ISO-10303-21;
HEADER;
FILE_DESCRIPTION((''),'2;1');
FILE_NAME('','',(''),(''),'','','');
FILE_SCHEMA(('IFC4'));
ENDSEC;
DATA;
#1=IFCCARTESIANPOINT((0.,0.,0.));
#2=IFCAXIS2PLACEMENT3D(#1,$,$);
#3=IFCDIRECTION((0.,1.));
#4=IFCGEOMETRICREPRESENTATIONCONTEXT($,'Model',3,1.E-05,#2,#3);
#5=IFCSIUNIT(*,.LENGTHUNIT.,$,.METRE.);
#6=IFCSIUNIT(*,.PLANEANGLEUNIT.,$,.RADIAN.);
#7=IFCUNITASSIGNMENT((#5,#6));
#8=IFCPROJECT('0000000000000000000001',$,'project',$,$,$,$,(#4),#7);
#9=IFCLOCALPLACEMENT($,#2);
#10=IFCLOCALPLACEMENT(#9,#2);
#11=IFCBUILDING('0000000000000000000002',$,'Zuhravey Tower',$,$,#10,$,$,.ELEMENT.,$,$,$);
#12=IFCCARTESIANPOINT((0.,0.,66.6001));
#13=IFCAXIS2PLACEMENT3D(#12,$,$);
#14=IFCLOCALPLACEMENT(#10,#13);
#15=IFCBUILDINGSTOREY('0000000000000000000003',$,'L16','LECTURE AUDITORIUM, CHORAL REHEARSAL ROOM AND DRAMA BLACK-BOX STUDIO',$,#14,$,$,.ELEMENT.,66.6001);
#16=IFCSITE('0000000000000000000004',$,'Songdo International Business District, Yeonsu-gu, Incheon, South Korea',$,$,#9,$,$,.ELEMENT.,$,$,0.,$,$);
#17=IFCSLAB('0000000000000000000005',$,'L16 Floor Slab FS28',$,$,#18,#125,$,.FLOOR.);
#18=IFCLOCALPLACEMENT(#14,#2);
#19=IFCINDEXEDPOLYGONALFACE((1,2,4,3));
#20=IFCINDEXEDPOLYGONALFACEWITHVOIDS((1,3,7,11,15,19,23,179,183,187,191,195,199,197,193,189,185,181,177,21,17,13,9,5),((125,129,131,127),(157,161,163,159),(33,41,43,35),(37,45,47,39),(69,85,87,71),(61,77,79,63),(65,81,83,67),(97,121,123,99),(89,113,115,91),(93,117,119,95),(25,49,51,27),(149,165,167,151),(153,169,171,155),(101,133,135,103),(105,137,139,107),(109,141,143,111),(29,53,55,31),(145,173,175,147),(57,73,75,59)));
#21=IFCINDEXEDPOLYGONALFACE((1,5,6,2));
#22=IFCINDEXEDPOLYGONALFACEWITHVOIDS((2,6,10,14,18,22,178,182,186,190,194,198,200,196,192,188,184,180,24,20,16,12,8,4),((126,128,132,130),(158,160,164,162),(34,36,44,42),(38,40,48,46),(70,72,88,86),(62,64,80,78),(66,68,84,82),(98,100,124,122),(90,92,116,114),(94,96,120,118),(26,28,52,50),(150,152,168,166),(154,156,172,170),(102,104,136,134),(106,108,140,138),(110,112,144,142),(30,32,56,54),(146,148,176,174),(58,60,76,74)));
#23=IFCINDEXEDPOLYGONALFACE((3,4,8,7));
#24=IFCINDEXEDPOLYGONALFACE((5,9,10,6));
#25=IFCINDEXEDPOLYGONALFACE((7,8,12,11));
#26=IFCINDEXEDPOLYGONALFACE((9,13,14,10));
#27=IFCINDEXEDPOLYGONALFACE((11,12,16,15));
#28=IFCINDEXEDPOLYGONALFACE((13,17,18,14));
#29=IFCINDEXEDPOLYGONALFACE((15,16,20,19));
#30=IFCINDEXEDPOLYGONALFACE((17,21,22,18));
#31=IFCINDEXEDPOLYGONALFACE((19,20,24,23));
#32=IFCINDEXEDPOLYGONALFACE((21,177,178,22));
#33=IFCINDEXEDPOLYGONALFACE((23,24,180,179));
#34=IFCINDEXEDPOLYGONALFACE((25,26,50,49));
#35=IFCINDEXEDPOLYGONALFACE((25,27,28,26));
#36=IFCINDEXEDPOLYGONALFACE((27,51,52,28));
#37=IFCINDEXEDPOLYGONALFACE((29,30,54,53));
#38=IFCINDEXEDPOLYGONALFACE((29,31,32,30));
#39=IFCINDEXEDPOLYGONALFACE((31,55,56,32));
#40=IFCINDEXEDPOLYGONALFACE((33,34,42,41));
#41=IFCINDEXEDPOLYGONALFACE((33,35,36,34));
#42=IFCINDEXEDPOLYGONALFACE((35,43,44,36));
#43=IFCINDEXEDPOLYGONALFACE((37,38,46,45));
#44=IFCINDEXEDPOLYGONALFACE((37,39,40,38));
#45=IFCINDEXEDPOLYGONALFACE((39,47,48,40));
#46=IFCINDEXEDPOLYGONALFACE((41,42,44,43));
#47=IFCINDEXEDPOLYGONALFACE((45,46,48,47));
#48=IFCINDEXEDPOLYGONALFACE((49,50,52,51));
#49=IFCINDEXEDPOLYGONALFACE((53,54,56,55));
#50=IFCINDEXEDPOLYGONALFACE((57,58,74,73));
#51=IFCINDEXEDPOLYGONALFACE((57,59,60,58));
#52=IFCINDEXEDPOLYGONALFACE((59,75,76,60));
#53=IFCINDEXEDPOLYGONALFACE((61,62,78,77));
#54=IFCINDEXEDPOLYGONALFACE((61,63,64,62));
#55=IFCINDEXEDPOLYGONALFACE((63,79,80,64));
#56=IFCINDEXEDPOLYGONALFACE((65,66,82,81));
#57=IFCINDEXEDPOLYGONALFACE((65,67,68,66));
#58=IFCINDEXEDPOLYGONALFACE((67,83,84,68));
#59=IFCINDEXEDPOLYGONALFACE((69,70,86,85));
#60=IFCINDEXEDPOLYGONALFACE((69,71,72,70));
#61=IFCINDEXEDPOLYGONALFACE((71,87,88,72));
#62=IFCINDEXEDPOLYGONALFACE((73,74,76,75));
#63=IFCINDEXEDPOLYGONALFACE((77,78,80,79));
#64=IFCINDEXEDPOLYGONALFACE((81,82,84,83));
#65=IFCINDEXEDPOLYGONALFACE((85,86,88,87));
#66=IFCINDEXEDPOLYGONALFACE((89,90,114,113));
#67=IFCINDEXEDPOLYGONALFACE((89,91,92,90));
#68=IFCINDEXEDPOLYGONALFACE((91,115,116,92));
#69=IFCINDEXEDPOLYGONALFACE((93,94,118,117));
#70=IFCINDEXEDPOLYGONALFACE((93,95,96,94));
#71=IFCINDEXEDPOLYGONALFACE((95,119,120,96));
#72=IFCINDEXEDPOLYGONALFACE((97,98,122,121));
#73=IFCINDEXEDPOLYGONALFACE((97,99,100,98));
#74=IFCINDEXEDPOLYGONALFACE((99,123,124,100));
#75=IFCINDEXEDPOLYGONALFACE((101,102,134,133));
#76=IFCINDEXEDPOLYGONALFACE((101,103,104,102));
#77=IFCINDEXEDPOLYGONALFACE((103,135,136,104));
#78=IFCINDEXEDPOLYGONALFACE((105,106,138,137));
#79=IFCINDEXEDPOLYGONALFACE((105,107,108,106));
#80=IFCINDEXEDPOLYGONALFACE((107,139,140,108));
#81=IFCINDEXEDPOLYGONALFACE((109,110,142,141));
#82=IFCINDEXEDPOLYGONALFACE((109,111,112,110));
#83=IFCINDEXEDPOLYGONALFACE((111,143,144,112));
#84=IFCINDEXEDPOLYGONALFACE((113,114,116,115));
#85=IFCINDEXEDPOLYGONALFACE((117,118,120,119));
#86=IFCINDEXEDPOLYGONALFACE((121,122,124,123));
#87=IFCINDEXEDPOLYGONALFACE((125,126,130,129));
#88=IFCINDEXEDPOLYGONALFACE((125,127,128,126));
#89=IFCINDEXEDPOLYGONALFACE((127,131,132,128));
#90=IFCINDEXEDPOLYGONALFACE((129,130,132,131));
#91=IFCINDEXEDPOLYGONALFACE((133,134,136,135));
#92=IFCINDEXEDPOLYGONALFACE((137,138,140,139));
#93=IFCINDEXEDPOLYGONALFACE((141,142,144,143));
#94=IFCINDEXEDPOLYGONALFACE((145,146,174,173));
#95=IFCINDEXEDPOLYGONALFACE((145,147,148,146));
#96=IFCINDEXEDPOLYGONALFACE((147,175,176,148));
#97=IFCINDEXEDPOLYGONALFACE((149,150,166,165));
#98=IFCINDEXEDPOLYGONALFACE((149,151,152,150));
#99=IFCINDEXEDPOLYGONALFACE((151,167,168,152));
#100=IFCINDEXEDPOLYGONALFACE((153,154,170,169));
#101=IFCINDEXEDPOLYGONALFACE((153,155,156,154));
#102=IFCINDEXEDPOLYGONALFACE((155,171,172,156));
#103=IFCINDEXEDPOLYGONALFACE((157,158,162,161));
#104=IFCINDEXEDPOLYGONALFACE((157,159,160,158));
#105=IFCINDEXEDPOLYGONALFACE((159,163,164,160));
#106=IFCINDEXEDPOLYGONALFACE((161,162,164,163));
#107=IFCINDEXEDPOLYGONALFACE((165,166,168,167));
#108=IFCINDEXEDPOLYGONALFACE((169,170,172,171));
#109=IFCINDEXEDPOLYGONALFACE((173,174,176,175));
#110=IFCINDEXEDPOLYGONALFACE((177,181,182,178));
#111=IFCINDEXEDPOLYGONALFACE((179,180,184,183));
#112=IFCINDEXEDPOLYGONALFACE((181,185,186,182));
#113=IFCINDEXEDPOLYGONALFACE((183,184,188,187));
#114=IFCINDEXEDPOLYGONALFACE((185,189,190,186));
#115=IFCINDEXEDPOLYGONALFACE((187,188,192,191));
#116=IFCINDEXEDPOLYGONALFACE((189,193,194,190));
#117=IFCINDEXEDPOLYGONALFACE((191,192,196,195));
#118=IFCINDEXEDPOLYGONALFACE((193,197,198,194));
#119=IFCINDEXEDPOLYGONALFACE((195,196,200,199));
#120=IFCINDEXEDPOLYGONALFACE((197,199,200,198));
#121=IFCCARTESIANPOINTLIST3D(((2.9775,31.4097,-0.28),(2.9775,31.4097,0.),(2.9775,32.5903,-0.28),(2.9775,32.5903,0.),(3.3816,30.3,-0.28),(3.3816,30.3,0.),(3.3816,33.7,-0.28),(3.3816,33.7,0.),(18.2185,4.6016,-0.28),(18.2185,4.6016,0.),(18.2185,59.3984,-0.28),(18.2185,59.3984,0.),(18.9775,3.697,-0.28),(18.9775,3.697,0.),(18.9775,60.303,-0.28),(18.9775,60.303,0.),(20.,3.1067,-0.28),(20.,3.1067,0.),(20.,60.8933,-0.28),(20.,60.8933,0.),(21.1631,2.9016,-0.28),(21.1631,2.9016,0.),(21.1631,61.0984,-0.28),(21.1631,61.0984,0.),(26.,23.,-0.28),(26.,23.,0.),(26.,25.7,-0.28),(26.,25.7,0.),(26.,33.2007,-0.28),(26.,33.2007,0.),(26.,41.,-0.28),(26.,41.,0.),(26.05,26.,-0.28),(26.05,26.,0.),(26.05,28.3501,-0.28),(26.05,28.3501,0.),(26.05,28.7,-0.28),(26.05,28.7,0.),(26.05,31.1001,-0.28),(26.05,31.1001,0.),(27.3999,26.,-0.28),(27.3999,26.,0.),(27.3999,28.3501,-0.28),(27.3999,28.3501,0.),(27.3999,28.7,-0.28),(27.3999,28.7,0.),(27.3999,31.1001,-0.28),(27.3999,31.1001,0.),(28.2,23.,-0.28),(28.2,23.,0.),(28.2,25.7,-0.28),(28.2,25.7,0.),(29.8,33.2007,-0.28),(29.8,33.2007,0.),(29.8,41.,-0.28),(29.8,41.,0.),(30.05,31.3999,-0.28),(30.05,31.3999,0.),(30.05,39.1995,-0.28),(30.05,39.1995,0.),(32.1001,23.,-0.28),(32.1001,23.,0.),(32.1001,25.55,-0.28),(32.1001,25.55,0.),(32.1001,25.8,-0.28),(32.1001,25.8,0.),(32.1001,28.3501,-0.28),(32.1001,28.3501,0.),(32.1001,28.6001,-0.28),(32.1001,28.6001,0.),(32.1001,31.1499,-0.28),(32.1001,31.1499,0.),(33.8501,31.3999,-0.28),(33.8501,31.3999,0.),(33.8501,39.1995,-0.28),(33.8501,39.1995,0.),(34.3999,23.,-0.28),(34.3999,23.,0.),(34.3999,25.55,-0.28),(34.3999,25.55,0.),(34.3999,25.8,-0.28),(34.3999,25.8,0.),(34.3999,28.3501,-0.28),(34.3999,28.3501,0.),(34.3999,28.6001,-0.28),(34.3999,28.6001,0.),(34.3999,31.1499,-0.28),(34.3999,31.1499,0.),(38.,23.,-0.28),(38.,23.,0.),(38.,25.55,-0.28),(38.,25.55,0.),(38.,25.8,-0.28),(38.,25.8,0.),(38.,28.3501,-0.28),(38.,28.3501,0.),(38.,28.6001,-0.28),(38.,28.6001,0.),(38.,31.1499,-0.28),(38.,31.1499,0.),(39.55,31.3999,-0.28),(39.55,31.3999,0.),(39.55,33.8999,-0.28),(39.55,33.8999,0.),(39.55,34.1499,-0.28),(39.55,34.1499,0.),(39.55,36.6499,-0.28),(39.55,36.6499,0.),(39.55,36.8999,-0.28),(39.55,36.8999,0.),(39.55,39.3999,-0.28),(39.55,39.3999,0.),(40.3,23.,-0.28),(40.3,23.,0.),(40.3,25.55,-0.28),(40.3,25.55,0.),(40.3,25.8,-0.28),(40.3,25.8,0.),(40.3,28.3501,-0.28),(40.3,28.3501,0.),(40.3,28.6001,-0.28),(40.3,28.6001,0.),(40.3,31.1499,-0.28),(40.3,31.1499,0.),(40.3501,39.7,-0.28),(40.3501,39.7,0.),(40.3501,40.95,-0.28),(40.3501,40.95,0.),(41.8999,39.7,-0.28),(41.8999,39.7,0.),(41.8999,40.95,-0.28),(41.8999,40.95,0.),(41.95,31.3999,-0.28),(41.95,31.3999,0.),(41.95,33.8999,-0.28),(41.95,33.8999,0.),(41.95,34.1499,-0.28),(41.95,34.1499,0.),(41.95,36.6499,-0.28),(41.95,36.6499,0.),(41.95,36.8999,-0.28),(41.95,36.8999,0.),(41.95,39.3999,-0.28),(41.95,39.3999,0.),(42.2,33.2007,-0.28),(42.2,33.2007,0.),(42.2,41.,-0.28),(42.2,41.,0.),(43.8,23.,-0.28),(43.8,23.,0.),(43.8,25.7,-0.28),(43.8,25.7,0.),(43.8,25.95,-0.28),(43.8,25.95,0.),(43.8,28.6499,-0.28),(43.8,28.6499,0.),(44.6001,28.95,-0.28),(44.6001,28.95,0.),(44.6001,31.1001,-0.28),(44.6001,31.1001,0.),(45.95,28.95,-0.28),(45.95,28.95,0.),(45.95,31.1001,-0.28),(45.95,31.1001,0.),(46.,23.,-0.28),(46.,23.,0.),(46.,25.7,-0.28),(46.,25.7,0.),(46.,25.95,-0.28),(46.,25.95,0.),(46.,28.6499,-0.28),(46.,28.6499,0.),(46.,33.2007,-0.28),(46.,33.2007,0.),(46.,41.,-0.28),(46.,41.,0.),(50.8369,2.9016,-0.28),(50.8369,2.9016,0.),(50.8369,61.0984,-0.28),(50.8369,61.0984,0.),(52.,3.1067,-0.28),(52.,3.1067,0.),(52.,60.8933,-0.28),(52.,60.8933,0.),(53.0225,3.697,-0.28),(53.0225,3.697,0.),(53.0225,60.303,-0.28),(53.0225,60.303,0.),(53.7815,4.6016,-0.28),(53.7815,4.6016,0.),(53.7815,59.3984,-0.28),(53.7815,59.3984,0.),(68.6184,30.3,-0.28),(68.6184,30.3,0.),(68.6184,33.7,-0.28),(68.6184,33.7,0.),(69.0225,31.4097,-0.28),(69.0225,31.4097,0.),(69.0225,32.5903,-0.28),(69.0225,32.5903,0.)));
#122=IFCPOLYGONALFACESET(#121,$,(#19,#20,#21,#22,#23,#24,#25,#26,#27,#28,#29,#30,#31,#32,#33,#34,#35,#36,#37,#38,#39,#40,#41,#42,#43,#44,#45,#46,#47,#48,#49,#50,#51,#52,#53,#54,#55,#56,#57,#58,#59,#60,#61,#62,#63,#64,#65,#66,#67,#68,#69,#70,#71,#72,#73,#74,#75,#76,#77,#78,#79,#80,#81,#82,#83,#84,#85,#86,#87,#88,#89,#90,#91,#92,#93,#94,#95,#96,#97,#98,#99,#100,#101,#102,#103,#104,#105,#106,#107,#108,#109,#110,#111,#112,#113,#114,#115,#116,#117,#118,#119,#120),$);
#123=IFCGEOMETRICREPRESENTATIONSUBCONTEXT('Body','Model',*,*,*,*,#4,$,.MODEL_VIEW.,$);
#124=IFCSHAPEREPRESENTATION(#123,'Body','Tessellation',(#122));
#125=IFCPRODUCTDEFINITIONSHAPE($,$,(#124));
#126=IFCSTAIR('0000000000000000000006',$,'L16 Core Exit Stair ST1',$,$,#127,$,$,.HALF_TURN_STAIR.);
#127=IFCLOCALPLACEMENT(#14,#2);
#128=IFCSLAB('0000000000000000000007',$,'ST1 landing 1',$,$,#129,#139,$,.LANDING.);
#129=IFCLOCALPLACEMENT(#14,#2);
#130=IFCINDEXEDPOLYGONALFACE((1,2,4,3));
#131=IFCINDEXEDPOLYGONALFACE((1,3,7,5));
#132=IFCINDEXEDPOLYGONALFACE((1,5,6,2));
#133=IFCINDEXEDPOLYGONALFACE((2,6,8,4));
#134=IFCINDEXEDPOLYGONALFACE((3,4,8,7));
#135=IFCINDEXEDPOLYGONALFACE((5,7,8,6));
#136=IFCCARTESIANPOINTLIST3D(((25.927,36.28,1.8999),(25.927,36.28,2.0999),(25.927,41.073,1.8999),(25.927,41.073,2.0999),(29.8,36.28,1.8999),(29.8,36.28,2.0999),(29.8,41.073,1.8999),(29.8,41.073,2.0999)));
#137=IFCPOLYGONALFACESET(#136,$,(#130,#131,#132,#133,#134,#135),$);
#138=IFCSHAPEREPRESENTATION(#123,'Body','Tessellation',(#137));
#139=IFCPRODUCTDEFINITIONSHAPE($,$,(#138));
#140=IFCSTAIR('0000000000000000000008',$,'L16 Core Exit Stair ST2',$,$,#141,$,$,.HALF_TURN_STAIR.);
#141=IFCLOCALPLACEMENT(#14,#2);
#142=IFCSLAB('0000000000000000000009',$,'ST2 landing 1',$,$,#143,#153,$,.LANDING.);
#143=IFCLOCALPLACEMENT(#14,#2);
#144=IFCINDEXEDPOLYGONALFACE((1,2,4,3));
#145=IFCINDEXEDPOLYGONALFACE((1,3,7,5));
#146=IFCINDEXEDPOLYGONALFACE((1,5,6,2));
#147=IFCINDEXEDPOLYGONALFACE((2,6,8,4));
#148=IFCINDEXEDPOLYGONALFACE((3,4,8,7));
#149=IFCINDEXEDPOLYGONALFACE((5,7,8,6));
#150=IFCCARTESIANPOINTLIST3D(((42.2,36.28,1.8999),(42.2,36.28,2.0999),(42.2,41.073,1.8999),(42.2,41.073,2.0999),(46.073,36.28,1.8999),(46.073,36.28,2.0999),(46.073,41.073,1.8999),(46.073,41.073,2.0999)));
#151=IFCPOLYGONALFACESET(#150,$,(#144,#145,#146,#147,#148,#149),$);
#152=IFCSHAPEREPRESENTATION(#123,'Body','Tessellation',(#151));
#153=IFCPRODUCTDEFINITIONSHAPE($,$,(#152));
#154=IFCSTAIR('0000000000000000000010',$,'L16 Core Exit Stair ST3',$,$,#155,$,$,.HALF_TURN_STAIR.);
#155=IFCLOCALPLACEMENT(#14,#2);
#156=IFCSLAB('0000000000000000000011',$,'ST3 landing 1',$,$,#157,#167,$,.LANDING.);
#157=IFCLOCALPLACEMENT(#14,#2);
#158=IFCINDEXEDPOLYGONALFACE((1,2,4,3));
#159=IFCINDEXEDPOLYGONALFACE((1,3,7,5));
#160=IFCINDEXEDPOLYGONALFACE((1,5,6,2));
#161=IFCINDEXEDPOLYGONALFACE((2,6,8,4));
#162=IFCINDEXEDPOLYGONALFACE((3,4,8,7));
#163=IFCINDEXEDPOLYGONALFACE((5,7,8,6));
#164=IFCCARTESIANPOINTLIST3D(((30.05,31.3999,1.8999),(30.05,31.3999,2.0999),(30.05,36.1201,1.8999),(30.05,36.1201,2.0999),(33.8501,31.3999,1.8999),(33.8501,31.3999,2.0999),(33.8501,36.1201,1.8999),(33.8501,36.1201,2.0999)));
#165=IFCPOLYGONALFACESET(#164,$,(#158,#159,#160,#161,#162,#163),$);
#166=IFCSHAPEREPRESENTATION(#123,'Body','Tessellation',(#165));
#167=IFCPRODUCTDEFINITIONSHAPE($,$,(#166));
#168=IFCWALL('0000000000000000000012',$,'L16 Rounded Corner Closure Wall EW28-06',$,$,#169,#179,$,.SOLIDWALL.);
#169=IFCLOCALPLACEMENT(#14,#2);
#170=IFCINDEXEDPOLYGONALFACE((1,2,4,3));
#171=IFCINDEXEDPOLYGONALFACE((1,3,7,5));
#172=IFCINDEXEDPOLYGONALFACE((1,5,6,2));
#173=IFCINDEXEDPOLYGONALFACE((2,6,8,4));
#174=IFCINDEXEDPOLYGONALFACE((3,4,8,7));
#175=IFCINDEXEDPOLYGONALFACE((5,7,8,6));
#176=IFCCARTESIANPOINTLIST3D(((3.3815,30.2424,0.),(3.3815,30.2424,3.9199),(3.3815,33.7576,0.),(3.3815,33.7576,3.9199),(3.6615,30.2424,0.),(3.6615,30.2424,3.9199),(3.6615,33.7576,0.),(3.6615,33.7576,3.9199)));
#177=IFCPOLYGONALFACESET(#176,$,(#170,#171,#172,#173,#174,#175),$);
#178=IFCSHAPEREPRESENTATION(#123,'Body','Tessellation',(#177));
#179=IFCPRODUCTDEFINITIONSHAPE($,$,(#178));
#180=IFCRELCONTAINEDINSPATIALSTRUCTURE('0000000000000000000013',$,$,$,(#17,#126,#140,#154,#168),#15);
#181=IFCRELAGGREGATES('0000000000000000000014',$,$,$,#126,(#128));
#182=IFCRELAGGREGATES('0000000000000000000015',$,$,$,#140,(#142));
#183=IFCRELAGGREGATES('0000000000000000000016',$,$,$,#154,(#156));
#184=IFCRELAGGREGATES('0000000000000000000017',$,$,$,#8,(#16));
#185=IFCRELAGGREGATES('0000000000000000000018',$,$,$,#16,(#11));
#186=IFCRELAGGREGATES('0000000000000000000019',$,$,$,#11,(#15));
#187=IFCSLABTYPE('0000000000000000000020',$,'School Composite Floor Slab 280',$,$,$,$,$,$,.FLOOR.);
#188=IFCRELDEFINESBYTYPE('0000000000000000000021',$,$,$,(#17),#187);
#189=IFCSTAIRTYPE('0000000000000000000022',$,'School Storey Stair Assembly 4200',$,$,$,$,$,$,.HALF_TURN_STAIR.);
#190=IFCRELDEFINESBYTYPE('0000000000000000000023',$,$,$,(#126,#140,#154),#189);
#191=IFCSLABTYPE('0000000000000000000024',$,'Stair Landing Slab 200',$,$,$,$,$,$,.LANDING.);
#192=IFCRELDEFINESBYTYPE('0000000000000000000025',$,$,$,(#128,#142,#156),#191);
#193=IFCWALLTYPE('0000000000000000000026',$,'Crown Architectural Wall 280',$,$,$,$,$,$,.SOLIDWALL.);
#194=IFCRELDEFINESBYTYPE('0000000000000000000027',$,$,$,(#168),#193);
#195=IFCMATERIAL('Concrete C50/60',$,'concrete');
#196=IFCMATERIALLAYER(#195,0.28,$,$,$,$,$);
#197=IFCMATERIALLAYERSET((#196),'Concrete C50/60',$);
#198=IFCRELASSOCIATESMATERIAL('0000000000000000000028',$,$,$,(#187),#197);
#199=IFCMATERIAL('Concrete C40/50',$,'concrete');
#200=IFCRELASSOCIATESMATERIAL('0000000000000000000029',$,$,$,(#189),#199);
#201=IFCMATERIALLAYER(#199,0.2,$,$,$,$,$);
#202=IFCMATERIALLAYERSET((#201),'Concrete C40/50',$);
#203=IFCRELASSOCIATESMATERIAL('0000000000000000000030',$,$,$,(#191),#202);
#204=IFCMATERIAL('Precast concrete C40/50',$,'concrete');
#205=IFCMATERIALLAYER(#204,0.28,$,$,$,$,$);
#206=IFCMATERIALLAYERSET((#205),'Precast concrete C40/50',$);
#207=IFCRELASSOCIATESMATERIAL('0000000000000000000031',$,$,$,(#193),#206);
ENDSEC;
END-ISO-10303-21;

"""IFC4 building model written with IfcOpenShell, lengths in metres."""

from ifc_helpers import new_model, si_unit, direction, frame, frame_2d, origin, place, context, subcontext, project, spatial, polyline, rectangle, outline, extrude, material, layer, layer_set, type_object, element, aggregate, save


model = new_model("IFC4")

# Units and contexts
model_context = context("Model", 3, precision=1e-05, world=origin(), true_north=direction((0.0, 1.0)))
body_context = subcontext(model_context, "Body", "Model", "MODEL_VIEW")
ifc_project = project(units=[si_unit("LENGTHUNIT", "METRE"), si_unit("PLANEANGLEUNIT", "RADIAN")], contexts=[model_context])

# Site, building, storey
site_placement = place(None, origin())
site = spatial("IfcSite", under=ifc_project, at=site_placement, Name="Songdo International Business District, Yeonsu-gu, Incheon, South Korea", CompositionType="ELEMENT", RefElevation=0.0)
building_placement = place(site_placement, origin())
building = spatial("IfcBuilding", under=site, at=building_placement, Name="Zuhravey Tower", CompositionType="ELEMENT")
storey_placement = place(building_placement, frame((0.0, 0.0, 66.6001)))
storey = spatial("IfcBuildingStorey", under=building, at=storey_placement, Name="L16", Description="LECTURE AUDITORIUM, CHORAL REHEARSAL ROOM AND DRAMA BLACK-BOX STUDIO", CompositionType="ELEMENT", Elevation=66.6001)

# Slab
ifc_material_1 = material(Name="Concrete C50/60", Category="concrete")
ifc_layer_1 = layer(ifc_material_1, 0.28)
ifc_layer_set_1 = layer_set([ifc_layer_1], Name="Concrete C50/60")
slab_type_1 = type_object("IfcSlabType", Name="School Composite Floor Slab 280", PredefinedType="FLOOR", material=ifc_layer_set_1)
slab_1_placement = place(storey_placement, frame((0.0, 0.0, -0.28)))
element("IfcSlab", 1, at=slab_1_placement, inside=storey, type_object=slab_type_1, Name="L16 Floor Slab FS28", PredefinedType="FLOOR", context=body_context, shape_type="SweptSolid", body=[
    extrude(outline(polyline([(68.6184, 30.3), (69.0225, 31.4097), (69.0225, 32.5903), (68.6184, 33.7), (53.7815, 59.3984), (53.0225, 60.303), (52.0, 60.8933), (50.8369, 61.0984), (21.1631, 61.0984), (20.0, 60.8933), (18.9775, 60.303), (18.2185, 59.3984), (3.3816, 33.7), (2.9775, 32.5903), (2.9775, 31.4097), (3.3816, 30.3), (18.2185, 4.6016), (18.9775, 3.697), (20.0, 3.1067), (21.1631, 2.9016), (50.8369, 2.9016), (52.0, 3.1067), (53.0225, 3.697), (53.7815, 4.6016), (68.6184, 30.3)]), holes=[polyline([(29.8, 33.2007), (29.8, 41.0), (26.0, 41.0), (26.0, 33.2007), (29.8, 33.2007)]), polyline([(46.0, 33.2007), (46.0, 41.0), (42.2, 41.0), (42.2, 33.2007), (46.0, 33.2007)]), polyline([(30.05, 39.1995), (30.05, 31.3999), (33.8501, 31.3999), (33.8501, 39.1995), (30.05, 39.1995)]), polyline([(32.1001, 23.0), (34.3999, 23.0), (34.3999, 25.55), (32.1001, 25.55), (32.1001, 23.0)]), polyline([(32.1001, 25.8), (34.3999, 25.8), (34.3999, 28.3501), (32.1001, 28.3501), (32.1001, 25.8)]), polyline([(32.1001, 28.6001), (34.3999, 28.6001), (34.3999, 31.1499), (32.1001, 31.1499), (32.1001, 28.6001)]), polyline([(38.0, 23.0), (40.3, 23.0), (40.3, 25.55), (38.0, 25.55), (38.0, 23.0)]), polyline([(38.0, 25.8), (40.3, 25.8), (40.3, 28.3501), (38.0, 28.3501), (38.0, 25.8)]), polyline([(38.0, 28.6001), (40.3, 28.6001), (40.3, 31.1499), (38.0, 31.1499), (38.0, 28.6001)]), polyline([(39.55, 31.3999), (41.95, 31.3999), (41.95, 33.8999), (39.55, 33.8999), (39.55, 31.3999)]), polyline([(39.55, 34.1499), (41.95, 34.1499), (41.95, 36.6499), (39.55, 36.6499), (39.55, 34.1499)]), polyline([(39.55, 36.8999), (41.95, 36.8999), (41.95, 39.3999), (39.55, 39.3999), (39.55, 36.8999)]), polyline([(26.0, 23.0), (28.2, 23.0), (28.2, 25.7), (26.0, 25.7), (26.0, 23.0)]), polyline([(43.8, 23.0), (46.0, 23.0), (46.0, 25.7), (43.8, 25.7), (43.8, 23.0)]), polyline([(43.8, 25.95), (46.0, 25.95), (46.0, 28.6499), (43.8, 28.6499), (43.8, 25.95)]), polyline([(26.05, 26.0), (27.3999, 26.0), (27.3999, 28.3501), (26.05, 28.3501), (26.05, 26.0)]), polyline([(26.05, 28.7), (27.3999, 28.7), (27.3999, 31.1001), (26.05, 31.1001), (26.05, 28.7)]), polyline([(44.6001, 28.95), (45.95, 28.95), (45.95, 31.1001), (44.6001, 31.1001), (44.6001, 28.95)]), polyline([(40.3501, 39.7), (41.8999, 39.7), (41.8999, 40.95), (40.3501, 40.95), (40.3501, 39.7)])]), origin(), (0.0, 0.0, 1.0), 0.28),
])

# Stairs, slabs
ifc_material_2 = material(Name="Concrete C40/50", Category="concrete")
stair_type = type_object("IfcStairType", Name="School Storey Stair Assembly 4200", PredefinedType="HALF_TURN_STAIR", material=ifc_material_2)
stair_1_placement = place(storey_placement, origin())
stair_1 = element("IfcStair", 2, at=stair_1_placement, inside=storey, type_object=stair_type, Name="L16 Core Exit Stair ST1", PredefinedType="HALF_TURN_STAIR")
ifc_layer_2 = layer(ifc_material_2, 0.2)
ifc_layer_set_2 = layer_set([ifc_layer_2], Name="Concrete C40/50")
slab_type_2 = type_object("IfcSlabType", Name="Stair Landing Slab 200", PredefinedType="LANDING", material=ifc_layer_set_2)
slab_2_placement = place(storey_placement, frame((0.0, 0.0, 1.8999)))
slab_2 = element("IfcSlab", 3, at=slab_2_placement, type_object=slab_type_2, Name="ST1 landing 1", PredefinedType="LANDING", context=body_context, shape_type="SweptSolid", body=[
    extrude(outline(polyline([(29.8, 36.28), (29.8, 41.073), (25.927, 41.073), (25.927, 36.28), (29.8, 36.28)])), origin(), (0.0, 0.0, 1.0), 0.2),
])
aggregate(stair_1, [slab_2])
stair_2_placement = place(storey_placement, origin())
stair_2 = element("IfcStair", 4, at=stair_2_placement, inside=storey, type_object=stair_type, Name="L16 Core Exit Stair ST2", PredefinedType="HALF_TURN_STAIR")
slab_3_placement = place(storey_placement, frame((0.0, 0.0, 1.8999)))
slab_3 = element("IfcSlab", 5, at=slab_3_placement, type_object=slab_type_2, Name="ST2 landing 1", PredefinedType="LANDING", context=body_context, shape_type="SweptSolid", body=[
    extrude(outline(polyline([(46.073, 36.28), (46.073, 41.073), (42.2, 41.073), (42.2, 36.28), (46.073, 36.28)])), origin(), (0.0, 0.0, 1.0), 0.2),
])
aggregate(stair_2, [slab_3])
stair_3_placement = place(storey_placement, origin())
stair_3 = element("IfcStair", 6, at=stair_3_placement, inside=storey, type_object=stair_type, Name="L16 Core Exit Stair ST3", PredefinedType="HALF_TURN_STAIR")
slab_4_placement = place(storey_placement, frame((0.0, 0.0, 1.8999)))
slab_4 = element("IfcSlab", 7, at=slab_4_placement, type_object=slab_type_2, Name="ST3 landing 1", PredefinedType="LANDING", context=body_context, shape_type="SweptSolid", body=[
    extrude(outline(polyline([(30.05, 36.1201), (30.05, 31.3999), (33.8501, 31.3999), (33.8501, 36.1201), (30.05, 36.1201)])), origin(), (0.0, 0.0, 1.0), 0.2),
])
aggregate(stair_3, [slab_4])

# Wall
ifc_material_3 = material(Name="Precast concrete C40/50", Category="concrete")
ifc_layer_3 = layer(ifc_material_3, 0.28)
ifc_layer_set_3 = layer_set([ifc_layer_3], Name="Precast concrete C40/50")
wall_type = type_object("IfcWallType", Name="Crown Architectural Wall 280", PredefinedType="SOLIDWALL", material=ifc_layer_set_3)
wall_placement = place(storey_placement, frame((3.5215, 30.2424, 0.0), z_axis=(0.0, 0.0, 1.0), x_axis=(0.0, 1.0, 0.0)))
element("IfcWall", 8, at=wall_placement, inside=storey, type_object=wall_type, Name="L16 Rounded Corner Closure Wall EW28-06", PredefinedType="SOLIDWALL", context=body_context, shape_type="SweptSolid", body=[
    extrude(rectangle(XDim=3.5151, YDim=0.28, at=frame_2d((1.7576, 0.0))), origin(), (0.0, 0.0, 1.0), 3.9199),
])

save(model, "model.ifc")
